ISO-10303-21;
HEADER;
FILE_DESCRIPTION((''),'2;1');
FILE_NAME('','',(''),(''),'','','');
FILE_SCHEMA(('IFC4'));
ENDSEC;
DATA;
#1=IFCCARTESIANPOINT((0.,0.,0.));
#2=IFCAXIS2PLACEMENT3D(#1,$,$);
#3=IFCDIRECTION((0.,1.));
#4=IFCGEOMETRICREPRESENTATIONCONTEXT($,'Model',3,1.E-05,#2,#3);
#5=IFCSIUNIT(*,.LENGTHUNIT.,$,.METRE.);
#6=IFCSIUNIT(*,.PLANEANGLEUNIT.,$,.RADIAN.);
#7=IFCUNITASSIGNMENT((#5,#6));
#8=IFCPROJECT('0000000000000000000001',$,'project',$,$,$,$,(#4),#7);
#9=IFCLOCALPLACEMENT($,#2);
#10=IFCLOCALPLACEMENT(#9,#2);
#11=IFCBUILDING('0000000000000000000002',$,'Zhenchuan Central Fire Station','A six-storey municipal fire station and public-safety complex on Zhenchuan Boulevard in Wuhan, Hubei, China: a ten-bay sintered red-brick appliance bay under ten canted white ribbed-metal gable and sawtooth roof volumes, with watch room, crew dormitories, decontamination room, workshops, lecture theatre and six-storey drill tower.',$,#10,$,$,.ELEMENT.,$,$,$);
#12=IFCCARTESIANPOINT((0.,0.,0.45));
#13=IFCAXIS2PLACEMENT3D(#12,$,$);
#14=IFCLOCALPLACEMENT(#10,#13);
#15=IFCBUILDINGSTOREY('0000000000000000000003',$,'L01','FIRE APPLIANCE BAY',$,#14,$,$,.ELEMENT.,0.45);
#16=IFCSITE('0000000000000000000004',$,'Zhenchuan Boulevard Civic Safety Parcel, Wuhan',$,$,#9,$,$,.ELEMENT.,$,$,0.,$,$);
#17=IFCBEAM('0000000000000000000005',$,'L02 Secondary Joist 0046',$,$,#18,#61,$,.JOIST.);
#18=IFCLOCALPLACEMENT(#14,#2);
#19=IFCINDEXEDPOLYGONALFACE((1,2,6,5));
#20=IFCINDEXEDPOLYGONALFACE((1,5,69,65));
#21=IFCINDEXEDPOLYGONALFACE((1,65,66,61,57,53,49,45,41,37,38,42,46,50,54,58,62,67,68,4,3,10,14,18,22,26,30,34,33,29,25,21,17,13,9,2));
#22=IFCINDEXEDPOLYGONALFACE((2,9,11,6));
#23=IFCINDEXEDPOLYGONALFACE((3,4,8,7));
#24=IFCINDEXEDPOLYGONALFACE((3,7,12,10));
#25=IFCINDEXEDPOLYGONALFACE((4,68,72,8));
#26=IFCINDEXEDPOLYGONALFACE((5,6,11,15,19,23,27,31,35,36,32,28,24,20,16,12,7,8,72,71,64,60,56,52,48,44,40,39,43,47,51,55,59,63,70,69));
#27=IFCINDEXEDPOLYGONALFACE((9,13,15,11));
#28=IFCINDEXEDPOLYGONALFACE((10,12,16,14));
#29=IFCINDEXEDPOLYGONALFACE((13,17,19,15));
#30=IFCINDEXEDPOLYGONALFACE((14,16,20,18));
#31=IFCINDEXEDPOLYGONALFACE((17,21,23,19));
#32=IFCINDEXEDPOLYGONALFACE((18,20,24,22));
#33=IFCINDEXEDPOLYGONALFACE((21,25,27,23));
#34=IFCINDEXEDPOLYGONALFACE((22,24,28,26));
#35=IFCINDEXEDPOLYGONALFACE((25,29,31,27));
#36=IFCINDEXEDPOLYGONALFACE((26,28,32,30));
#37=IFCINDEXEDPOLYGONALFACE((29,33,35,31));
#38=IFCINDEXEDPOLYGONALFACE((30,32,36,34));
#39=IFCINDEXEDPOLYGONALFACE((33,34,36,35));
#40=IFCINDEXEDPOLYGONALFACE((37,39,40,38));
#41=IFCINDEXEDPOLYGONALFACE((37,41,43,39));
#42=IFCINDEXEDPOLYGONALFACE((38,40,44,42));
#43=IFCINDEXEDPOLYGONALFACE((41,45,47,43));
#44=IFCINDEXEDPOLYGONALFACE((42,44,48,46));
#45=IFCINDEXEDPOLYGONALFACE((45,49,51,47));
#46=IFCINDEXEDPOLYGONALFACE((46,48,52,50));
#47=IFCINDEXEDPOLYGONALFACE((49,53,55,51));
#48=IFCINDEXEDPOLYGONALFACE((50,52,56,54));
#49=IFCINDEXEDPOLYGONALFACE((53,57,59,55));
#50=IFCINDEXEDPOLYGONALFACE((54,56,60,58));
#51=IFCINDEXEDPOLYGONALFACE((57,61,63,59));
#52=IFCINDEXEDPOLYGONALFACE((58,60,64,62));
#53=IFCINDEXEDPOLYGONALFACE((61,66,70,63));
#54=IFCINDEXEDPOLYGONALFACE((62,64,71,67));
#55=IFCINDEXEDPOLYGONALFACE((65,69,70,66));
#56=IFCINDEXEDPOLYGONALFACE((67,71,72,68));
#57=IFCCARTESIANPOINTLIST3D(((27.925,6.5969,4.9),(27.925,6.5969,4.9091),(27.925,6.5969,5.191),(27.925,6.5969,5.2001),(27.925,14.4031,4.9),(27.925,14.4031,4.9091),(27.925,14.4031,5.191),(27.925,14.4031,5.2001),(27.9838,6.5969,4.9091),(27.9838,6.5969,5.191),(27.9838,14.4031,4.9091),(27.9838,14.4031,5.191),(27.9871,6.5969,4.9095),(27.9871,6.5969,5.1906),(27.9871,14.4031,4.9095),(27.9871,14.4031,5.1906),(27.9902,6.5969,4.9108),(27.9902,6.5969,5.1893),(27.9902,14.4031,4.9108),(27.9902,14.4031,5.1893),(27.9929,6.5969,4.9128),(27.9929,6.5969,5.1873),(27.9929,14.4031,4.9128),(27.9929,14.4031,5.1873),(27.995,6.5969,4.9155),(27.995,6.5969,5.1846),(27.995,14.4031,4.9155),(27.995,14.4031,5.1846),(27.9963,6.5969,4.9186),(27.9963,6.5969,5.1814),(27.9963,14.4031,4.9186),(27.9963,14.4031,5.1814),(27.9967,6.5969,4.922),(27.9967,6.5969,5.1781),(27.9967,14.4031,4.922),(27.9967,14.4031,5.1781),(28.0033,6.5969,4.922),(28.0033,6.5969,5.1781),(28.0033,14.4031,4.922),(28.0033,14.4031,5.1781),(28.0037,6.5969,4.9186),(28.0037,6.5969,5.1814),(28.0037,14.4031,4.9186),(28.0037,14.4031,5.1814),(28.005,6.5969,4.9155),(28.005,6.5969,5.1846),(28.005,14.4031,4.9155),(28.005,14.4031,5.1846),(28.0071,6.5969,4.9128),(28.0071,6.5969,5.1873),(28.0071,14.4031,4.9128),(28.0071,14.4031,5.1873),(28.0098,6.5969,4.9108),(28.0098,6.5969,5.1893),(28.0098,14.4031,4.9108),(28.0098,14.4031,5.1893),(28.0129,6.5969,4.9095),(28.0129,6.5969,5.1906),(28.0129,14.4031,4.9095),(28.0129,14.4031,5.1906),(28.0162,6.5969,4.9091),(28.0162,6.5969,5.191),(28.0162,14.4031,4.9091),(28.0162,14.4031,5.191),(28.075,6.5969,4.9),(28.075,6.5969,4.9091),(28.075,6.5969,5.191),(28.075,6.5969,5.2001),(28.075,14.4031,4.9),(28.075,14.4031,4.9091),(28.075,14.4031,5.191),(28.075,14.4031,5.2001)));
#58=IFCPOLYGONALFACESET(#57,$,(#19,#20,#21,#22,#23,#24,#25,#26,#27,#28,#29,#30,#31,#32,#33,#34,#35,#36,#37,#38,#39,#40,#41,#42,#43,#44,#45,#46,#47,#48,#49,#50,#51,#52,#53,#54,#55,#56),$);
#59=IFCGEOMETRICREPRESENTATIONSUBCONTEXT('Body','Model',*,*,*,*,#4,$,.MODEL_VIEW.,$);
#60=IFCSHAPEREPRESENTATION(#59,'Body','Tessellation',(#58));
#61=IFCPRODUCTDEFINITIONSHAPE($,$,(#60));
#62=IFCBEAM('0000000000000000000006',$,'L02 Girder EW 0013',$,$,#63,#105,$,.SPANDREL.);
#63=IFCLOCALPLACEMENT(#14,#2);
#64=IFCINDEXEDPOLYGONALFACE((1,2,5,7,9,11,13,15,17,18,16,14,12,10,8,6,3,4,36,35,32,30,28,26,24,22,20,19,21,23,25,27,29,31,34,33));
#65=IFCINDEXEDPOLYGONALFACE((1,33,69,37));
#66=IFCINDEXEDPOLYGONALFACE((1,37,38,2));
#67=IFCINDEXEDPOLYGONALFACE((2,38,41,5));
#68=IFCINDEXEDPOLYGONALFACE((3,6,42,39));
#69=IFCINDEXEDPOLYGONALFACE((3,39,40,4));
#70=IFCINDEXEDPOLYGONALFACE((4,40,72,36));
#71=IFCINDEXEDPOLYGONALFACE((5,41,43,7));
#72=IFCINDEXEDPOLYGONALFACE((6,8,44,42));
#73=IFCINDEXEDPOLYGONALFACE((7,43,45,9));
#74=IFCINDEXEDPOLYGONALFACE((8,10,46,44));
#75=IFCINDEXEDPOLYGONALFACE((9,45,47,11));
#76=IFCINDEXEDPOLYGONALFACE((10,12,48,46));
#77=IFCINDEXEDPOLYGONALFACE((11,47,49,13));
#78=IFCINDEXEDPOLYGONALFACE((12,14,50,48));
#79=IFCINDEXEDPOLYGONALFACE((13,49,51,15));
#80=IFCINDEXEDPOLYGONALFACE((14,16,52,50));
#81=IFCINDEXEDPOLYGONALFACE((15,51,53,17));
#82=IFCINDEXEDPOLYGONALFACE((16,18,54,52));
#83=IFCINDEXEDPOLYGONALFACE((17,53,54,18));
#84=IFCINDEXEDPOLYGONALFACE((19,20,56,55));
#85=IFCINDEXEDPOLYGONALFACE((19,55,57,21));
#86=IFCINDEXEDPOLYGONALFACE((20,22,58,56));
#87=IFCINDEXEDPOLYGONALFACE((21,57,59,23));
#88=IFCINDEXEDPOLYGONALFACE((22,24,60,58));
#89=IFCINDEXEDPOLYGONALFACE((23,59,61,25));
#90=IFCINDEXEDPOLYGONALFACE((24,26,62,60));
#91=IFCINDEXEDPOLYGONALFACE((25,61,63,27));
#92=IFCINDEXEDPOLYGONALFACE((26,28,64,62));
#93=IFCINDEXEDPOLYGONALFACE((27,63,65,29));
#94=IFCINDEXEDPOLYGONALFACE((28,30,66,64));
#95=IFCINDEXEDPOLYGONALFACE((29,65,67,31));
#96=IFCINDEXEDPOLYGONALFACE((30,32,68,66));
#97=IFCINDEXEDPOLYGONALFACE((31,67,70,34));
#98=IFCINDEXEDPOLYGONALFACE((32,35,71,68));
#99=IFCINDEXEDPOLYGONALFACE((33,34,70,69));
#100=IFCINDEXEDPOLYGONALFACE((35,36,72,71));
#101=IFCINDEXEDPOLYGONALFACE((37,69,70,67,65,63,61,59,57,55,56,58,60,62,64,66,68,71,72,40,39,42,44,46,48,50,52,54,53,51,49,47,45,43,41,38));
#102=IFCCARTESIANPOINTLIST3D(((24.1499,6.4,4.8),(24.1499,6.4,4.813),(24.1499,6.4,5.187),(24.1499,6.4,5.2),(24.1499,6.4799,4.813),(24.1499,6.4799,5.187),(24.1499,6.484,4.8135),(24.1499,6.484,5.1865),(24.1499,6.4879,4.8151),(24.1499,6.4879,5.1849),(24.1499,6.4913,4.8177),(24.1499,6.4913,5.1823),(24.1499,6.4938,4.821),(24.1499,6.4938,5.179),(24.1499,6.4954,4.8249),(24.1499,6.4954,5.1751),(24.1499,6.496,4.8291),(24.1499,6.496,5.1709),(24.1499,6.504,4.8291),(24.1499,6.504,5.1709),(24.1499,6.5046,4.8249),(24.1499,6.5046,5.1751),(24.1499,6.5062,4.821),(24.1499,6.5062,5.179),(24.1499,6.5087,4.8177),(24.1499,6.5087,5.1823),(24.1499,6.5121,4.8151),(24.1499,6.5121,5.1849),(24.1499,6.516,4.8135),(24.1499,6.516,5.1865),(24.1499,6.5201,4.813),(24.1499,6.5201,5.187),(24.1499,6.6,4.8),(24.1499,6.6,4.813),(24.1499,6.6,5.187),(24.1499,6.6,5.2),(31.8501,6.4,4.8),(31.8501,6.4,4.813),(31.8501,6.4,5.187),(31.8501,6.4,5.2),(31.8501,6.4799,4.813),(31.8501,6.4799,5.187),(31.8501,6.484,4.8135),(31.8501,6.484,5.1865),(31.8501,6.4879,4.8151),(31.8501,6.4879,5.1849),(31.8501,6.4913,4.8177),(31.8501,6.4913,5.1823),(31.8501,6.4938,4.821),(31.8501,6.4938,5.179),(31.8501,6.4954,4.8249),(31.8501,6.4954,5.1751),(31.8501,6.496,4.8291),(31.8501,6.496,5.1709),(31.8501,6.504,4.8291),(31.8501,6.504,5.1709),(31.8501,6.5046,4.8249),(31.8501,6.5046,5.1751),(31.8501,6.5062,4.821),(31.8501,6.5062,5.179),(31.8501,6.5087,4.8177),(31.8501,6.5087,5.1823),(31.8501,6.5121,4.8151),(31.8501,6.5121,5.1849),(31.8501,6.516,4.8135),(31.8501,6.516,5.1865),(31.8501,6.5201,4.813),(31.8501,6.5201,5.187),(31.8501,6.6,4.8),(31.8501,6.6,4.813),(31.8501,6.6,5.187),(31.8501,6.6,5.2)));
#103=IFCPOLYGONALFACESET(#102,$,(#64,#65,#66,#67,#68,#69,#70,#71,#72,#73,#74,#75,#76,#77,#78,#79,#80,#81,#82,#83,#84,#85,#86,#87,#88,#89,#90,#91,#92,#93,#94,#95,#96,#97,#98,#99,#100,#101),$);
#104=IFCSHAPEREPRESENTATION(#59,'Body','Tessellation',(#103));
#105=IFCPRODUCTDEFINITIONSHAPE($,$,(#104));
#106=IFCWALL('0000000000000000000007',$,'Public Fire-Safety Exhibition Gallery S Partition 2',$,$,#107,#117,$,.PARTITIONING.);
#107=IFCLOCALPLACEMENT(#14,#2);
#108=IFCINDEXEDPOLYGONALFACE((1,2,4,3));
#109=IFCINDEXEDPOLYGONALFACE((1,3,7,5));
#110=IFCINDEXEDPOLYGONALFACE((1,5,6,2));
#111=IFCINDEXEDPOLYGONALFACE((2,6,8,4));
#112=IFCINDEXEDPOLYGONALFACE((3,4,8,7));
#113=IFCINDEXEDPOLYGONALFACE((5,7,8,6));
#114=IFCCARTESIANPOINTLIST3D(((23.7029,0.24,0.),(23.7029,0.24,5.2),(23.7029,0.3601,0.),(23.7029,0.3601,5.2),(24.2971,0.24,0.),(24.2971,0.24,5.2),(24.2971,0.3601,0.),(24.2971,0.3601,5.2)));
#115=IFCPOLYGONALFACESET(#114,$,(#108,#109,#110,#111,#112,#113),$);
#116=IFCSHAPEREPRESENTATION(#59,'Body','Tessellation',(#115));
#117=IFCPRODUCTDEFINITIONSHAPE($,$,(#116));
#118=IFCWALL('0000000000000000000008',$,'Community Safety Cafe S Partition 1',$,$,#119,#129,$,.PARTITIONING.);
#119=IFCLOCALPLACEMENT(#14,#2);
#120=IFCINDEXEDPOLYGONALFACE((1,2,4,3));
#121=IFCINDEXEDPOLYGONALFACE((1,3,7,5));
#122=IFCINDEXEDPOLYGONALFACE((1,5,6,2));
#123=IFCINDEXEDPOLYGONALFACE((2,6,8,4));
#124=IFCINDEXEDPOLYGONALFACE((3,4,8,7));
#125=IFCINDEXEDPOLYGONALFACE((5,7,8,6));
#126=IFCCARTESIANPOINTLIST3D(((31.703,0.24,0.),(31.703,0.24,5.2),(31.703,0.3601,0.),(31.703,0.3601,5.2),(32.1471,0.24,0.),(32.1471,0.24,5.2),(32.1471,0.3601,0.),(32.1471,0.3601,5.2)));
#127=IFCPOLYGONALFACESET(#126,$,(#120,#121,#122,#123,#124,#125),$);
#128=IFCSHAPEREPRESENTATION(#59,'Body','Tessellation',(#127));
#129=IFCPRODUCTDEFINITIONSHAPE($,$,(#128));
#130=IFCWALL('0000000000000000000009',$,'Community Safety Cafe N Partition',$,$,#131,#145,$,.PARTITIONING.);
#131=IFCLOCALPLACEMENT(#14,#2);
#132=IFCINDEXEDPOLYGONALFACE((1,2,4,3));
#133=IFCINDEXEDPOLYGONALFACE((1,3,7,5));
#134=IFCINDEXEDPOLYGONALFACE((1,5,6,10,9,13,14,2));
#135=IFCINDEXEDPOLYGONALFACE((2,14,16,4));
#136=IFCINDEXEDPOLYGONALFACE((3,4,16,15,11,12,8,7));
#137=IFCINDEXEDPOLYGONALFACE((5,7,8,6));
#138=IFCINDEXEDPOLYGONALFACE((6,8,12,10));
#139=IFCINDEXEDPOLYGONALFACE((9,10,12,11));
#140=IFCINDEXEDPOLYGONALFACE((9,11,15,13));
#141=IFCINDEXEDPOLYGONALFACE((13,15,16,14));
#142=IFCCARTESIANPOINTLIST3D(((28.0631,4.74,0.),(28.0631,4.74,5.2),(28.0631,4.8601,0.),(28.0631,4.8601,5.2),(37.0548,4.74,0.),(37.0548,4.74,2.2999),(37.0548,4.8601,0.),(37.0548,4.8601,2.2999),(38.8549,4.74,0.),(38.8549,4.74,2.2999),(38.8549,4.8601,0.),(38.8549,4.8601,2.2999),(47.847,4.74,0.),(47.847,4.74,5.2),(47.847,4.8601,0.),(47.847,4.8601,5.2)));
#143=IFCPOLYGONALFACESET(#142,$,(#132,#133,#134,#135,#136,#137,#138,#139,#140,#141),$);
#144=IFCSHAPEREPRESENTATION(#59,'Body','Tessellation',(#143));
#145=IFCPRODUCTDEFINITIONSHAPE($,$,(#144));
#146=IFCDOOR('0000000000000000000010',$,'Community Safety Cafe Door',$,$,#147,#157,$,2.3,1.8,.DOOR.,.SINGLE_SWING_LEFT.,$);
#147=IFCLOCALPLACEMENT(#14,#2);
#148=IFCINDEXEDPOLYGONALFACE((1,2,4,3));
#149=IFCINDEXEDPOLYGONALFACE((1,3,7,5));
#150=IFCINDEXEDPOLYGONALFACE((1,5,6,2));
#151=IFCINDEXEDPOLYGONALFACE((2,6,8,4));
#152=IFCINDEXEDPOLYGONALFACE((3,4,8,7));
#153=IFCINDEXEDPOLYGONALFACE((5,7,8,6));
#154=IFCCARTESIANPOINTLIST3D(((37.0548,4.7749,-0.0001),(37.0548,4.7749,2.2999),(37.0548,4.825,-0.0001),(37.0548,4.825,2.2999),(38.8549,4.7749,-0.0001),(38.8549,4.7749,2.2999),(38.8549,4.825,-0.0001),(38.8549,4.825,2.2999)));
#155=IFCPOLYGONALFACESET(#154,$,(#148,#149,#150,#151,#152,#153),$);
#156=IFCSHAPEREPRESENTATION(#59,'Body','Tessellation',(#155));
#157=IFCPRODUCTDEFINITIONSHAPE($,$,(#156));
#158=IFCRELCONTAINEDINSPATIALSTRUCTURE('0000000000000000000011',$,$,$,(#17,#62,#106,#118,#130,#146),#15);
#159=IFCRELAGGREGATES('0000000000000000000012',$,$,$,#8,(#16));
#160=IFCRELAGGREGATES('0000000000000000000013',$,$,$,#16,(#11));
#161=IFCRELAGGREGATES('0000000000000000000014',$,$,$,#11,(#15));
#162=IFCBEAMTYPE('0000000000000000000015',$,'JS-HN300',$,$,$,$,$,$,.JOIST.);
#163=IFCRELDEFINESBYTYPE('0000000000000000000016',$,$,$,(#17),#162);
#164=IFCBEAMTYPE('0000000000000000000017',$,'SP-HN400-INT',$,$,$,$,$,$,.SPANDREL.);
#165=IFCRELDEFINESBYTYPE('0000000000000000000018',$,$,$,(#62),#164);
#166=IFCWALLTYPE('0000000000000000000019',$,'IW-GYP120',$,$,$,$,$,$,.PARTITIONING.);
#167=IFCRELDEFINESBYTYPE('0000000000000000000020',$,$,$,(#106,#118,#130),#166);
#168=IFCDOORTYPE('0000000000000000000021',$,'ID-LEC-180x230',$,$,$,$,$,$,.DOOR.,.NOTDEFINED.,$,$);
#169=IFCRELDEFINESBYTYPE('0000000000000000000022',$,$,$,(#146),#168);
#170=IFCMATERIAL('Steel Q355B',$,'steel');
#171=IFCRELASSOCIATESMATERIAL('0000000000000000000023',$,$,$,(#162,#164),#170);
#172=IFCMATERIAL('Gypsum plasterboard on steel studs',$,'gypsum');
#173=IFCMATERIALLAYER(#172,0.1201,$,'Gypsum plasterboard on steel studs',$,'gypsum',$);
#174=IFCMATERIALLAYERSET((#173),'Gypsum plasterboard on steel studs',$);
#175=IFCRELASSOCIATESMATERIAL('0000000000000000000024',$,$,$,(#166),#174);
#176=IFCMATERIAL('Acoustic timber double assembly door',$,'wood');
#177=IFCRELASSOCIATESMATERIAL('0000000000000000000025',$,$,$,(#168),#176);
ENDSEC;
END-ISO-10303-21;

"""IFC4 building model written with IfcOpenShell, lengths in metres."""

from ifc_helpers import new_model, si_unit, direction, frame, frame_2d, origin, origin_2d, place, context, subcontext, project, spatial, rectangle, i_section, extrude, material, layer, layer_set, material_profile, profile_set, type_object, element, fill, save


model = new_model("IFC4")

# Units and contexts
model_context = context("Model", 3, precision=1e-05, world=origin(), true_north=direction((0.0, 1.0)))
body_context = subcontext(model_context, "Body", "Model", "MODEL_VIEW")
ifc_project = project(units=[si_unit("LENGTHUNIT", "METRE"), si_unit("PLANEANGLEUNIT", "RADIAN")], contexts=[model_context])

# Site, building, storey
site_placement = place(None, origin())
site = spatial("IfcSite", under=ifc_project, at=site_placement, Name="Zhenchuan Boulevard Civic Safety Parcel, Wuhan", CompositionType="ELEMENT", RefElevation=0.0)
building_placement = place(site_placement, origin())
building = spatial("IfcBuilding", under=site, at=building_placement, Name="Zhenchuan Central Fire Station", Description="A six-storey municipal fire station and public-safety complex on Zhenchuan Boulevard in Wuhan, Hubei, China: a ten-bay sintered red-brick appliance bay under ten canted white ribbed-metal gable and sawtooth roof volumes, with watch room, crew dormitories, decontamination room, workshops, lecture theatre and six-storey drill tower.", CompositionType="ELEMENT")
storey_placement = place(building_placement, frame((0.0, 0.0, 0.45)))
storey = spatial("IfcBuildingStorey", under=building, at=storey_placement, Name="L01", Description="FIRE APPLIANCE BAY", CompositionType="ELEMENT", Elevation=0.45)

# Shared definitions
ifc_material_1 = material(Name="Steel Q355B", Category="steel")

# Beams
ifc_material_profile_1 = material_profile(ifc_material_1, i_section(OverallWidth=0.1499, OverallDepth=0.3, WebThickness=0.0066, FlangeThickness=0.009, FilletRadius=0.0129, at=origin_2d()), Name="HN 300x150")
ifc_profile_set_1 = profile_set([ifc_material_profile_1], Name="Steel Q355B")
beam_type_1 = type_object("IfcBeamType", Name="JS-HN300", PredefinedType="JOIST", material=ifc_profile_set_1)
beam_1_placement = place(storey_placement, frame((28.0, 6.5969, 5.05), z_axis=(0.0, 1.0, 0.0), x_axis=(-1.0, 0.0, 0.0)))
element("IfcBeam", 1, at=beam_1_placement, inside=storey, type_object=beam_type_1, Name="L02 Secondary Joist 0046", PredefinedType="JOIST", context=body_context, shape_type="SweptSolid", body=[
    extrude(i_section(OverallWidth=0.1499, OverallDepth=0.3, WebThickness=0.0066, FlangeThickness=0.009, FilletRadius=0.0129, at=origin_2d()), origin(), (0.0, 0.0, 1.0), 7.8062),
])
ifc_material_profile_2 = material_profile(ifc_material_1, i_section(OverallWidth=0.2, OverallDepth=0.3999, WebThickness=0.0081, FlangeThickness=0.0129, FilletRadius=0.0161, at=origin_2d()), Name="HN 400x200")
ifc_profile_set_2 = profile_set([ifc_material_profile_2], Name="Steel Q355B")
beam_type_2 = type_object("IfcBeamType", Name="SP-HN400-INT", PredefinedType="SPANDREL", material=ifc_profile_set_2)
beam_2_placement = place(storey_placement, frame((24.1499, 6.5, 5.0), z_axis=(1.0, 0.0, 0.0), x_axis=(0.0, 1.0, 0.0)))
element("IfcBeam", 2, at=beam_2_placement, inside=storey, type_object=beam_type_2, Name="L02 Girder EW 0013", PredefinedType="SPANDREL", context=body_context, shape_type="SweptSolid", body=[
    extrude(i_section(OverallWidth=0.2, OverallDepth=0.3999, WebThickness=0.0081, FlangeThickness=0.0129, FilletRadius=0.0161, at=origin_2d()), origin(), (0.0, 0.0, 1.0), 7.7002),
])

# Walls
ifc_material_2 = material(Name="Gypsum plasterboard on steel studs", Category="gypsum")
ifc_layer = layer(ifc_material_2, 0.1201, Name="Gypsum plasterboard on steel studs", Category="gypsum")
ifc_layer_set = layer_set([ifc_layer], Name="Gypsum plasterboard on steel studs")
wall_type = type_object("IfcWallType", Name="IW-GYP120", PredefinedType="PARTITIONING", material=ifc_layer_set)
wall_1_placement = place(storey_placement, frame((23.7029, 0.3, 0.0), z_axis=(0.0, 0.0, 1.0), x_axis=(1.0, 0.0, 0.0)))
element("IfcWall", 3, at=wall_1_placement, inside=storey, type_object=wall_type, Name="Public Fire-Safety Exhibition Gallery S Partition 2", PredefinedType="PARTITIONING", context=body_context, shape_type="SweptSolid", body=[
    extrude(rectangle(XDim=0.5942, YDim=0.1201, at=frame_2d((0.2971, 0.0))), origin(), (0.0, 0.0, 1.0), 5.2),
])
wall_2_placement = place(storey_placement, frame((31.7029, 0.3, 0.0), z_axis=(0.0, 0.0, 1.0), x_axis=(1.0, 0.0, 0.0)))
element("IfcWall", 4, at=wall_2_placement, inside=storey, type_object=wall_type, Name="Community Safety Cafe S Partition 1", PredefinedType="PARTITIONING", context=body_context, shape_type="SweptSolid", body=[
    extrude(rectangle(XDim=0.4441, YDim=0.1201, at=frame_2d((0.2222, 0.0))), origin(), (0.0, 0.0, 1.0), 5.2),
])

# Wall, opening, door
wall_3_placement = place(storey_placement, frame((28.063, 4.8, 0.0), z_axis=(0.0, 0.0, 1.0), x_axis=(1.0, 0.0, 0.0)))
wall_3 = element("IfcWall", 5, at=wall_3_placement, inside=storey, type_object=wall_type, Name="Community Safety Cafe N Partition", PredefinedType="PARTITIONING", context=body_context, shape_type="SweptSolid", body=[
    extrude(rectangle(XDim=19.7839, YDim=0.1201, at=frame_2d((9.8921, 0.0))), origin(), (0.0, 0.0, 1.0), 5.2),
])
opening_placement = place(wall_3_placement, frame((8.9919, 0.0, 0.0)))
opening = element("IfcOpeningElement", 6, at=opening_placement, cuts=wall_3, PredefinedType="OPENING", context=body_context, shape_type="SweptSolid", body=[
    extrude(rectangle(XDim=1.8, YDim=2.3, at=frame_2d((0.8999, 1.1499))), frame((0.0, 0.0701, 0.0), z_axis=(0.0, -1.0, 0.0), x_axis=(1.0, 0.0, 0.0)), (0.0, 0.0, 1.0), 0.1401),
])
ifc_material_3 = material(Name="Acoustic timber double assembly door", Category="wood")
door_type = type_object("IfcDoorType", Name="ID-LEC-180x230", OperationType="NOTDEFINED", PredefinedType="DOOR", material=ifc_material_3)
door_placement = place(opening_placement, origin())
door = element("IfcDoor", 7, at=door_placement, inside=storey, type_object=door_type, Name="Community Safety Cafe Door", OperationType="SINGLE_SWING_LEFT", OverallHeight=2.3, OverallWidth=1.8, PredefinedType="DOOR", context=body_context, shape_type="SweptSolid", body=[
    extrude(rectangle(XDim=1.8, YDim=2.3, at=frame_2d((0.8999, 1.1499))), frame((0.0, 0.0249, 0.0), z_axis=(0.0, -1.0, 0.0), x_axis=(1.0, 0.0, 0.0)), (0.0, 0.0, 1.0), 0.05),
])
fill(opening, door)

save(model, "model.ifc")
